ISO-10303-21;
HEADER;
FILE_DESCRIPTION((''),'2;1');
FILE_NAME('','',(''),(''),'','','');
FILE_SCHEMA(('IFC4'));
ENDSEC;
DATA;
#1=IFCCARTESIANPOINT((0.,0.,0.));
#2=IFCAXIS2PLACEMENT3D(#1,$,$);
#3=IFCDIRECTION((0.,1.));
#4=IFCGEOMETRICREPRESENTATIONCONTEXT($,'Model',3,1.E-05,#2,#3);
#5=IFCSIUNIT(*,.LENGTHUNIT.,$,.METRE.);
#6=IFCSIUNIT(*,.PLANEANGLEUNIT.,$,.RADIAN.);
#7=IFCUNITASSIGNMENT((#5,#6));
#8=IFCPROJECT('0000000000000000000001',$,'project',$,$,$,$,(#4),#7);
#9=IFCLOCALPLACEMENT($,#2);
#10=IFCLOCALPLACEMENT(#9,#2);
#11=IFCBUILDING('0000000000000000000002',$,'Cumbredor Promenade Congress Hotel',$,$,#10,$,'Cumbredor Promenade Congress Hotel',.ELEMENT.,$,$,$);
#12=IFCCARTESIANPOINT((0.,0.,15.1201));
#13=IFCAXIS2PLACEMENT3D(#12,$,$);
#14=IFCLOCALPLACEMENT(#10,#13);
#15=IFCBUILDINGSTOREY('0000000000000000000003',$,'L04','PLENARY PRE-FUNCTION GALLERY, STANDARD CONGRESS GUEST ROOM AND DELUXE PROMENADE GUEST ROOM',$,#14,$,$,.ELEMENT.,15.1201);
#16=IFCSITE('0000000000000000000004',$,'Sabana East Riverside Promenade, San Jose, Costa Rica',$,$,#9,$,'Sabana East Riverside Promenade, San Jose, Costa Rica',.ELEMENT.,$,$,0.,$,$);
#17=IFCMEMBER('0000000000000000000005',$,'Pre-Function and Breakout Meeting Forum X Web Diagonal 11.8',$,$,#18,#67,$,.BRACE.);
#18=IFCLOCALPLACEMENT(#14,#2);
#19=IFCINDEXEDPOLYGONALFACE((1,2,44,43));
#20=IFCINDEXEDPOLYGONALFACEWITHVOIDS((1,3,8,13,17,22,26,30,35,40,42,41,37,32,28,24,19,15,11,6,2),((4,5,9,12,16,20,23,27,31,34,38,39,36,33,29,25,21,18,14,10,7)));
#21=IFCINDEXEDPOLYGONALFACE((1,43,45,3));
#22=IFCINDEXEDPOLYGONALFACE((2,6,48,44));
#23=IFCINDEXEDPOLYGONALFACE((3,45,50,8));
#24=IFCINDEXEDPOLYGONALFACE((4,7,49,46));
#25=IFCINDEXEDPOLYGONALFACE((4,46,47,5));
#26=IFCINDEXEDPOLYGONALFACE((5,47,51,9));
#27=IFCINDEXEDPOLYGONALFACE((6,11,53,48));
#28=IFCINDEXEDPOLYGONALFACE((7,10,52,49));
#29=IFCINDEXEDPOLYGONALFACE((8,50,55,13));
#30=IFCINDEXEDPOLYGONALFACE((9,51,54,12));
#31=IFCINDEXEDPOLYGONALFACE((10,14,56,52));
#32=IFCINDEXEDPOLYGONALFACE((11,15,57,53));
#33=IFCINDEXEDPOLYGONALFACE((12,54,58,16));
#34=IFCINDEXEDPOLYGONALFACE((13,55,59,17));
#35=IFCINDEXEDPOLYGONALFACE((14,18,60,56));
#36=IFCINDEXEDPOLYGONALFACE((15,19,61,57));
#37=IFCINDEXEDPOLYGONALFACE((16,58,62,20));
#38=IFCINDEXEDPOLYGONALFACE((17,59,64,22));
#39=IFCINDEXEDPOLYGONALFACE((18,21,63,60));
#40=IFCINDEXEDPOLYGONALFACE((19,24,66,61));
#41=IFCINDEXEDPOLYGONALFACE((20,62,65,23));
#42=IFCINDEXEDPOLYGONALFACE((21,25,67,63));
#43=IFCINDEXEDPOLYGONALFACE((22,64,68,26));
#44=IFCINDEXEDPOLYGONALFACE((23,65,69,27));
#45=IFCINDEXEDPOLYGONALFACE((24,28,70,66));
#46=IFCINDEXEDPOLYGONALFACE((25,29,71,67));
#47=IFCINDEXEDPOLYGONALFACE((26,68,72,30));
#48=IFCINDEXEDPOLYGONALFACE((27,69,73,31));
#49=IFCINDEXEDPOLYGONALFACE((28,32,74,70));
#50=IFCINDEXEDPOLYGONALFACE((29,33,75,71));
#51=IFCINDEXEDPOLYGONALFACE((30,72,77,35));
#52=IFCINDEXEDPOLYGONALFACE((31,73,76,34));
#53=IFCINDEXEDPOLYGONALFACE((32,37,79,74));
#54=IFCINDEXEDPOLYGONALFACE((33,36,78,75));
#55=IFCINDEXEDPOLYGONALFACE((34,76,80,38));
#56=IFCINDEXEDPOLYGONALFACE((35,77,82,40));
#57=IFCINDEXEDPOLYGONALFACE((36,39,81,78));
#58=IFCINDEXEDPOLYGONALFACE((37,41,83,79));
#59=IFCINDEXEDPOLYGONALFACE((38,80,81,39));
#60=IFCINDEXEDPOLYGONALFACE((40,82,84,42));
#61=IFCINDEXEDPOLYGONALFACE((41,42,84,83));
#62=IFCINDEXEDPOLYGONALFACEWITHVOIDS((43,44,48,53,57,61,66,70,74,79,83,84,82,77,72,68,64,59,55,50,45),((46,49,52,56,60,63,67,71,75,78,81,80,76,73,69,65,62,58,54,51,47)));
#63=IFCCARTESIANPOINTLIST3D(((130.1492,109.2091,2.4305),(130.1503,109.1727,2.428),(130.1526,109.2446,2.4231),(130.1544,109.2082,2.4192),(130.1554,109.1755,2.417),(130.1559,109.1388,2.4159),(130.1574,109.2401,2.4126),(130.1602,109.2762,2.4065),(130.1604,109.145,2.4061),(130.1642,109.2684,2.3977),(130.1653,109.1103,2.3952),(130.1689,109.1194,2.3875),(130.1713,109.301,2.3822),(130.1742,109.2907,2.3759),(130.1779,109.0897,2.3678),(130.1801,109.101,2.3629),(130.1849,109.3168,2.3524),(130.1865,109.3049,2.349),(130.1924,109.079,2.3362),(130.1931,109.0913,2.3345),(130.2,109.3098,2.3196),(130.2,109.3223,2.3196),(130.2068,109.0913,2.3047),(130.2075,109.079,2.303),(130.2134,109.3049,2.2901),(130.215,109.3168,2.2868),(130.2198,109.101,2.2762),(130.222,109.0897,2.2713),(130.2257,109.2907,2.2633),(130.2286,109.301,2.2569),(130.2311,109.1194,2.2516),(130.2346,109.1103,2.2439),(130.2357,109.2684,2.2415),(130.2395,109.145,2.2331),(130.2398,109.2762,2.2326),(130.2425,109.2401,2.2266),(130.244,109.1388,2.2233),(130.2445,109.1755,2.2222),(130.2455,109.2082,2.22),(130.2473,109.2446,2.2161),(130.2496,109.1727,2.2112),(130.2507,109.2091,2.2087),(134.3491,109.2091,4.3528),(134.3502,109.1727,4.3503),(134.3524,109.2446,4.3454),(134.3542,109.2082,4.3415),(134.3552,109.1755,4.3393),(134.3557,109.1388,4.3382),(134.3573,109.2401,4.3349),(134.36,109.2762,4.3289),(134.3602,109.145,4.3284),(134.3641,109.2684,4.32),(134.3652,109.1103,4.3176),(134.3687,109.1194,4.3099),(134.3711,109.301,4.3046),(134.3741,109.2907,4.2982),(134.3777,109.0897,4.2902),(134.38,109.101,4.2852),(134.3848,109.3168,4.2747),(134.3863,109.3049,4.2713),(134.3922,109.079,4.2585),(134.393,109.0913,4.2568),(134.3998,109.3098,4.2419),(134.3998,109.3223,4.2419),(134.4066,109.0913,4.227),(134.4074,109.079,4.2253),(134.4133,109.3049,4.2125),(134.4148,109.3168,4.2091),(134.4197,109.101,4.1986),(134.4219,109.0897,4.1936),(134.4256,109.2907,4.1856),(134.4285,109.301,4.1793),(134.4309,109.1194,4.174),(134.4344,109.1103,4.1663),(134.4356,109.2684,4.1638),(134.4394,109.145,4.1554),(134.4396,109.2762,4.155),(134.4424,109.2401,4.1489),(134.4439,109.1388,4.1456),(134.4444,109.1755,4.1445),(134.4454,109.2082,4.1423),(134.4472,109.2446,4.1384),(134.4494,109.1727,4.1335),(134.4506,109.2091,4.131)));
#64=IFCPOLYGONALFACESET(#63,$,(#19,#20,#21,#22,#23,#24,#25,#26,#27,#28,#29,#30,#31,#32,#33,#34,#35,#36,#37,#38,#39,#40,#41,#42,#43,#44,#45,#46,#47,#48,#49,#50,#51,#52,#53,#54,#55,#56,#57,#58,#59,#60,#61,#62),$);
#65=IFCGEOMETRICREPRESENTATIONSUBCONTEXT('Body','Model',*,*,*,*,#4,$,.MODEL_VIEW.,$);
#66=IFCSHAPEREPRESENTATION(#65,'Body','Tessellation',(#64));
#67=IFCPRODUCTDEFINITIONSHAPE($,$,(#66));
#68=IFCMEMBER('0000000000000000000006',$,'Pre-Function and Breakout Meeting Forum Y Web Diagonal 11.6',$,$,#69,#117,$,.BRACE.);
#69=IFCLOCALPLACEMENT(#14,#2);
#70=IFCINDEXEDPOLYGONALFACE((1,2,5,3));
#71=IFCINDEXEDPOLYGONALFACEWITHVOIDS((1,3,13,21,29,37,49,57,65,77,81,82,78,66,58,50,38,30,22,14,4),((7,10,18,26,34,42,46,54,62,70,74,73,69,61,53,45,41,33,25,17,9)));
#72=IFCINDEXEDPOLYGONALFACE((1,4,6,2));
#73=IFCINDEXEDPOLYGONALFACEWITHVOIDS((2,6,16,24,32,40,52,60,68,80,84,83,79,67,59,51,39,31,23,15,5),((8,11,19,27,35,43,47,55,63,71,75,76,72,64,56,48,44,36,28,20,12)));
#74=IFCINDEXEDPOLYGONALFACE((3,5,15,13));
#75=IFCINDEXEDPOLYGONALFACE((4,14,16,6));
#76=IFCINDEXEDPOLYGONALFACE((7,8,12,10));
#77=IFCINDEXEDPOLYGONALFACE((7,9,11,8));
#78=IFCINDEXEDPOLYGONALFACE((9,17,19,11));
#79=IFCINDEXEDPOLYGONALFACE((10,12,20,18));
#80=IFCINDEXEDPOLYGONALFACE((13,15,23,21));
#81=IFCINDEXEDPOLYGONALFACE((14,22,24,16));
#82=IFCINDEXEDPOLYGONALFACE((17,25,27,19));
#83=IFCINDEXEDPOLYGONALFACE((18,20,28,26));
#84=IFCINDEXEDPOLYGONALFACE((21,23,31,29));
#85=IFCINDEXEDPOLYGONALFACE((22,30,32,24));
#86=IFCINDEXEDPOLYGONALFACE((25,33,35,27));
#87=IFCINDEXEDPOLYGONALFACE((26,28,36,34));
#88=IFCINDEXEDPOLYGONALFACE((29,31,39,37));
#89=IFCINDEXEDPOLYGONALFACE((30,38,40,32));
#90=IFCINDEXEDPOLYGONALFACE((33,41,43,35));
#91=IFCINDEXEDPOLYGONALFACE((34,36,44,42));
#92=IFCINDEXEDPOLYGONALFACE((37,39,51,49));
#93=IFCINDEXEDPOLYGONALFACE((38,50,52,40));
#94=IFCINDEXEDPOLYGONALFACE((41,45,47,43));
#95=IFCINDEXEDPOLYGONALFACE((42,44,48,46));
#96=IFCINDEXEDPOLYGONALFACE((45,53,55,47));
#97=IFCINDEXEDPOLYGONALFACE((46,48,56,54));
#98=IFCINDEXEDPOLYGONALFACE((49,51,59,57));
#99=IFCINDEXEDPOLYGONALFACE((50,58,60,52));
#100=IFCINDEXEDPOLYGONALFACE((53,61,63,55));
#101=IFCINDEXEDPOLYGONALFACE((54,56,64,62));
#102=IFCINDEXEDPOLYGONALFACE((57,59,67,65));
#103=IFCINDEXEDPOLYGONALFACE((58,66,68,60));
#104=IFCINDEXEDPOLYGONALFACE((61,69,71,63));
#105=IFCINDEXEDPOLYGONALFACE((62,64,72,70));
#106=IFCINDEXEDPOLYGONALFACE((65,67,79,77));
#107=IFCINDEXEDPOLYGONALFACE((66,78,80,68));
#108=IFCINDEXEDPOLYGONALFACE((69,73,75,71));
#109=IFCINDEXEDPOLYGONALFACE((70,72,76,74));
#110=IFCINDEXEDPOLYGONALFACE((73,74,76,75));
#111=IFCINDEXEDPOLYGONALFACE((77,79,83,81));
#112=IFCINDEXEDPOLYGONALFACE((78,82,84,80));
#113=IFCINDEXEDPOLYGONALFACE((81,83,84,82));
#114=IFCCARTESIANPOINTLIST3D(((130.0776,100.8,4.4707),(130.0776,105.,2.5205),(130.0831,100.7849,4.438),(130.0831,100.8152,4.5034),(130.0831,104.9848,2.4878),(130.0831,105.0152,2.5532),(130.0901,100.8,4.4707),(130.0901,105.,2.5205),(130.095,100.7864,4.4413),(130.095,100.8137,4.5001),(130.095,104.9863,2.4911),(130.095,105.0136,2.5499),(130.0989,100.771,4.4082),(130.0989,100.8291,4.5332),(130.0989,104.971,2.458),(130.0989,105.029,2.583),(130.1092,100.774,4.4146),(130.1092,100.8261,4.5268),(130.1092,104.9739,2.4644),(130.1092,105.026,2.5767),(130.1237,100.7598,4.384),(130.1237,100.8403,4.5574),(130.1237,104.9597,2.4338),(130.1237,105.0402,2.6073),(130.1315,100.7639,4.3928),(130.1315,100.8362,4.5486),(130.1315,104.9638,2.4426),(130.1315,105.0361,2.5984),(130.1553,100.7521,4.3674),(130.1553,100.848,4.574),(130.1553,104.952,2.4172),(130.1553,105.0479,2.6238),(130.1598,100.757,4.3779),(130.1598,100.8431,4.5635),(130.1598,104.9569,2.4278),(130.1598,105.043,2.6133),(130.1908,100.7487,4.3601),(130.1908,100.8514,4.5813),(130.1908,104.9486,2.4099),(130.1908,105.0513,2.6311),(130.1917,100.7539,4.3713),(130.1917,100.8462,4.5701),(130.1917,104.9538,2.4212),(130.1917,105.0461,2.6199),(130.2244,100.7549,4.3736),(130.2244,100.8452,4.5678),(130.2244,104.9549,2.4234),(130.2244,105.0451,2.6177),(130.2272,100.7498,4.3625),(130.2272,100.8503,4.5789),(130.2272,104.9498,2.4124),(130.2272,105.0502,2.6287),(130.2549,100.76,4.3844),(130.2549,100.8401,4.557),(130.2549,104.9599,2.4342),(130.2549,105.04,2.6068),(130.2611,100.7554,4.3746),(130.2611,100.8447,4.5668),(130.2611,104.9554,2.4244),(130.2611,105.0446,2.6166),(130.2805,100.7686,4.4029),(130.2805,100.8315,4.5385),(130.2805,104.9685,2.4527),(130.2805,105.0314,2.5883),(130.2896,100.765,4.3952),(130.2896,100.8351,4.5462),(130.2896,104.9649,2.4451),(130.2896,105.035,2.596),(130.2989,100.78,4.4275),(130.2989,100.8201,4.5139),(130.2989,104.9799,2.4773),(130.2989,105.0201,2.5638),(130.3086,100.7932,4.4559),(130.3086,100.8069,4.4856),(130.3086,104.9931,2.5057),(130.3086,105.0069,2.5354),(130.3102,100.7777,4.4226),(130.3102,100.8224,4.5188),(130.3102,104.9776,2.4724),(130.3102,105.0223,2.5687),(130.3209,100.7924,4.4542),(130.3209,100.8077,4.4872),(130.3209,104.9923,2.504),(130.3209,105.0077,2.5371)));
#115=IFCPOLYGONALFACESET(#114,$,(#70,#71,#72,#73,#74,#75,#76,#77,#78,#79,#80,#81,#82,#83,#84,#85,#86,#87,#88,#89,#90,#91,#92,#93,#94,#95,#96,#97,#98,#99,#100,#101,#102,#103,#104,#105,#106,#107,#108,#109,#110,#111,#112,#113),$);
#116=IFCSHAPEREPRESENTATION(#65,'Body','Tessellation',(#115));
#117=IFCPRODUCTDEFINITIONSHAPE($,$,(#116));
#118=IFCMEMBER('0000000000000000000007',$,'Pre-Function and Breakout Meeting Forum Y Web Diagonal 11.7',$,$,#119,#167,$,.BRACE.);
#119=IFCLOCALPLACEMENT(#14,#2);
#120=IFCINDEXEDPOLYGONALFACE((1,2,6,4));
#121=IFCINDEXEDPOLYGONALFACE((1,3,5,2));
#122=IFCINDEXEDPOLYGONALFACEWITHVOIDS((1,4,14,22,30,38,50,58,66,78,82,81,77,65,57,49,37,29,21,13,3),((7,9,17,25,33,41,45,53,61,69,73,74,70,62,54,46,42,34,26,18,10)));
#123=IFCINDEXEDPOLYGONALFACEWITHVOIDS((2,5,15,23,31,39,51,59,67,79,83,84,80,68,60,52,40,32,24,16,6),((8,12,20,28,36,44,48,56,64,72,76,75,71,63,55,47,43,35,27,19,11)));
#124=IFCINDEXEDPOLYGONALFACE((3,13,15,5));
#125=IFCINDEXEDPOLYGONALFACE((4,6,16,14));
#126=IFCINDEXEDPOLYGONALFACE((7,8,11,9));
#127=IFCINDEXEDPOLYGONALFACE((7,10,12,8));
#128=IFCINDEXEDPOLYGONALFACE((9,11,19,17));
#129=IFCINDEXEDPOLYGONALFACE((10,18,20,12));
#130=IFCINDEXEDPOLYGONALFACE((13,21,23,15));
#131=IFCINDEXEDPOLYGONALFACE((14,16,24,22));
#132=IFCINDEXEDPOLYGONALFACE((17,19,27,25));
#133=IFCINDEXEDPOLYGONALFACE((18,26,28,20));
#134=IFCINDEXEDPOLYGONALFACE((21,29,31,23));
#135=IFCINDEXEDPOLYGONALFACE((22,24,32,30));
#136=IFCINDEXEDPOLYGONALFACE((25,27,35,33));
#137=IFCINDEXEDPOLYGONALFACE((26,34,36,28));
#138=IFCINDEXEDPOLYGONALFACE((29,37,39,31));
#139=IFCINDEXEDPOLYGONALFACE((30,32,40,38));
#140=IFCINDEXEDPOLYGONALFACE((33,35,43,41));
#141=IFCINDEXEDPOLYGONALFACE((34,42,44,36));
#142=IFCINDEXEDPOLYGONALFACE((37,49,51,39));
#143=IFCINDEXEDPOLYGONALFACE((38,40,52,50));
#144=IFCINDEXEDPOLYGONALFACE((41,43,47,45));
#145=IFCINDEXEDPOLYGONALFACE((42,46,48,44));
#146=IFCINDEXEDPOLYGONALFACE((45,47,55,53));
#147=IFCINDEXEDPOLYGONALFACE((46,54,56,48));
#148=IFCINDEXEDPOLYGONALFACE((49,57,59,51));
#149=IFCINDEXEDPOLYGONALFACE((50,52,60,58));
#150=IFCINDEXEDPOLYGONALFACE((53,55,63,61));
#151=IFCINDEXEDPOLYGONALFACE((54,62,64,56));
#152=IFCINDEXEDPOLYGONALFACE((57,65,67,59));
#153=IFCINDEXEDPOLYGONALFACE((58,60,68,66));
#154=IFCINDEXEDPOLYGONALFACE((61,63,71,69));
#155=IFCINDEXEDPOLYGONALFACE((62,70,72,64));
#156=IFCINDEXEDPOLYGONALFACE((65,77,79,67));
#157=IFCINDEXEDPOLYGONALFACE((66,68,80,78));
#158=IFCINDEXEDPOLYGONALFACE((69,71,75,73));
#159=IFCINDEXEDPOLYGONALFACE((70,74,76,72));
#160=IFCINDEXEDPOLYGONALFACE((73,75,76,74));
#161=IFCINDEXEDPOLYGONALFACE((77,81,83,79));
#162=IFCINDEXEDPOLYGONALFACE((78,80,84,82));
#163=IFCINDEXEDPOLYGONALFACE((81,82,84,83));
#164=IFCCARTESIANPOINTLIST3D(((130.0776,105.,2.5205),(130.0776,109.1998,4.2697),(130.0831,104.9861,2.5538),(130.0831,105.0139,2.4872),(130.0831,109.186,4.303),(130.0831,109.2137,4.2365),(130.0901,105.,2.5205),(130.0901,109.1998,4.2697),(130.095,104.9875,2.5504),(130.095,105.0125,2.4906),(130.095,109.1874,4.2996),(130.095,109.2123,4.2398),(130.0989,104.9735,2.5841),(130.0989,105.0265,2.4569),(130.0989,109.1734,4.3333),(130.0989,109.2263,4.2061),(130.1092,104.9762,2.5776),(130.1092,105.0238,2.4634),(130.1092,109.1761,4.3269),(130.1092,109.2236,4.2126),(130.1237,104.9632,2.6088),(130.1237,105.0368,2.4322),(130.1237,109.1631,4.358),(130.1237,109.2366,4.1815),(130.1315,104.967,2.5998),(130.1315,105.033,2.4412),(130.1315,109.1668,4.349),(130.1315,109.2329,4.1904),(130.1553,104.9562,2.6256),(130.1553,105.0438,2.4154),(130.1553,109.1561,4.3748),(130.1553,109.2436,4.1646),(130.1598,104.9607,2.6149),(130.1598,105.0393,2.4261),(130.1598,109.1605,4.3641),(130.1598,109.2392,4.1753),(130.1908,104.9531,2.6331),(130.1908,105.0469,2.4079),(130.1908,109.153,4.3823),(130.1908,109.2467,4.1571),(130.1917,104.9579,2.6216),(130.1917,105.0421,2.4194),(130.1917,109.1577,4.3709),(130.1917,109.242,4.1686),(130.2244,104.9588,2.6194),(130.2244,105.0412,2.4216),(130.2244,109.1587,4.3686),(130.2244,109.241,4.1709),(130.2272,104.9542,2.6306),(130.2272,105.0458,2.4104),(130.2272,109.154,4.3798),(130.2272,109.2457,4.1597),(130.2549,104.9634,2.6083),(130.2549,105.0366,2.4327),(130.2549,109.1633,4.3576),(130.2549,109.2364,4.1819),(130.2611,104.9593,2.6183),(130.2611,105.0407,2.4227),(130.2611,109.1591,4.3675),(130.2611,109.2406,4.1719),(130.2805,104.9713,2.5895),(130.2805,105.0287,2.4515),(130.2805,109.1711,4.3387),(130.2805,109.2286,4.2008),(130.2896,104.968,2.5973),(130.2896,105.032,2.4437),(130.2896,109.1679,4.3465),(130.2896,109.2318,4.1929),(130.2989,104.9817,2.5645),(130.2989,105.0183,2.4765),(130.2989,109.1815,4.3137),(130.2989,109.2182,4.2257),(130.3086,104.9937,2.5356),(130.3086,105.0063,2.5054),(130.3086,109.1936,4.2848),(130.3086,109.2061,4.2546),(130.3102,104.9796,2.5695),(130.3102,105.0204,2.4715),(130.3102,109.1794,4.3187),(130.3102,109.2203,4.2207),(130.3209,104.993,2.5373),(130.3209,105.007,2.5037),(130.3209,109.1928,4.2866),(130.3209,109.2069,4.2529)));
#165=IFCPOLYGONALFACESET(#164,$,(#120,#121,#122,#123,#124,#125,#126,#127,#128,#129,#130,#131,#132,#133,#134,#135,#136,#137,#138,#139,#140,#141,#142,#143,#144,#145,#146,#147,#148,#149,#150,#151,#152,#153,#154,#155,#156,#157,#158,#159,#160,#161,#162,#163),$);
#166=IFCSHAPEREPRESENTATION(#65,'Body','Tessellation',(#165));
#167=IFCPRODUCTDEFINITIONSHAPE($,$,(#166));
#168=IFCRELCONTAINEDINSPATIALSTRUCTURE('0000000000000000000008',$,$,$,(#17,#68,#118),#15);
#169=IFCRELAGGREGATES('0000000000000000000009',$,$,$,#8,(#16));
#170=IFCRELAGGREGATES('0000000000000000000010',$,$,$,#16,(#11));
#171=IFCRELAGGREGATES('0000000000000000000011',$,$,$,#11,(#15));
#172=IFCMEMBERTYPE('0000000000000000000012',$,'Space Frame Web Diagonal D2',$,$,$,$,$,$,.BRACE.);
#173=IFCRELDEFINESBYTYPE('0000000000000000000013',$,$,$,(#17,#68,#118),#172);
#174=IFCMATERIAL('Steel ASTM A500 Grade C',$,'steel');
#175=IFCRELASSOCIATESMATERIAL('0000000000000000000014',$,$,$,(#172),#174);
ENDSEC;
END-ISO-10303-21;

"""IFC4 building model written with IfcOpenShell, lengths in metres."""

from ifc_helpers import new_model, si_unit, direction, frame, origin, origin_2d, place, context, subcontext, project, spatial, hollow_circle, extrude, material, material_profile, profile_set, type_object, element, save


model = new_model("IFC4")

# Units and contexts
model_context = context("Model", 3, precision=1e-05, world=origin(), true_north=direction((0.0, 1.0)))
body_context = subcontext(model_context, "Body", "Model", "MODEL_VIEW")
ifc_project = project(units=[si_unit("LENGTHUNIT", "METRE"), si_unit("PLANEANGLEUNIT", "RADIAN")], contexts=[model_context])

# Site, building, storey
site_placement = place(None, origin())
site = spatial("IfcSite", under=ifc_project, at=site_placement, Name="Sabana East Riverside Promenade, San Jose, Costa Rica", LongName="Sabana East Riverside Promenade, San Jose, Costa Rica", CompositionType="ELEMENT", RefElevation=0.0)
building_placement = place(site_placement, origin())
building = spatial("IfcBuilding", under=site, at=building_placement, Name="Cumbredor Promenade Congress Hotel", LongName="Cumbredor Promenade Congress Hotel", CompositionType="ELEMENT")
storey_placement = place(building_placement, frame((0.0, 0.0, 15.1201)))
storey = spatial("IfcBuildingStorey", under=building, at=storey_placement, Name="L04", Description="PLENARY PRE-FUNCTION GALLERY, STANDARD CONGRESS GUEST ROOM AND DELUXE PROMENADE GUEST ROOM", CompositionType="ELEMENT", Elevation=15.1201)

# Members
ifc_material_1 = material(Name="Steel ASTM A500 Grade C", Category="steel")
ifc_material_profile_1 = material_profile(ifc_material_1, hollow_circle(Radius=0.1223, WallThickness=0.0125, at=origin_2d()), Name="CHS 244.5x12.5")
ifc_profile_set_1 = profile_set([ifc_material_profile_1], Name="Steel ASTM A500 Grade C")
member_type_1 = type_object("IfcMemberType", Name="Space Frame Web Diagonal D2", PredefinedType="BRACE", material=ifc_profile_set_1)
member_1_placement = place(storey_placement, frame((130.2, 109.2, 2.3196), z_axis=(0.909279, 0.0, 0.416187), x_axis=(0.0, 1.0, 0.0)))
element("IfcMember", 1, at=member_1_placement, inside=storey, type_object=member_type_1, Name="Pre-Function and Breakout Meeting Forum X Web Diagonal 11.8", PredefinedType="BRACE", context=body_context, shape_type="SweptSolid", body=[
    extrude(hollow_circle(Radius=0.1223, WallThickness=0.0125, at=origin_2d()), origin(), (0.0, 0.0, 1.0), 4.6189),
])
member_2_placement = place(storey_placement, frame((130.2, 100.8, 4.4707), z_axis=(0.0, 0.906991, -0.42115), x_axis=(-1.0, 0.0, 0.0)))
element("IfcMember", 2, at=member_2_placement, inside=storey, type_object=member_type_1, Name="Pre-Function and Breakout Meeting Forum Y Web Diagonal 11.6", PredefinedType="BRACE", context=body_context, shape_type="SweptSolid", body=[
    extrude(hollow_circle(Radius=0.1223, WallThickness=0.0125, at=origin_2d()), origin(), (0.0, 0.0, 1.0), 4.6306),
])
member_3_placement = place(storey_placement, frame((130.2, 105.0, 2.5205), z_axis=(0.0, 0.923132, 0.384482), x_axis=(-1.0, 0.0, 0.0)))
element("IfcMember", 3, at=member_3_placement, inside=storey, type_object=member_type_1, Name="Pre-Function and Breakout Meeting Forum Y Web Diagonal 11.7", PredefinedType="BRACE", context=body_context, shape_type="SweptSolid", body=[
    extrude(hollow_circle(Radius=0.1223, WallThickness=0.0125, at=origin_2d()), origin(), (0.0, 0.0, 1.0), 4.5496),
])

save(model, "model.ifc")
